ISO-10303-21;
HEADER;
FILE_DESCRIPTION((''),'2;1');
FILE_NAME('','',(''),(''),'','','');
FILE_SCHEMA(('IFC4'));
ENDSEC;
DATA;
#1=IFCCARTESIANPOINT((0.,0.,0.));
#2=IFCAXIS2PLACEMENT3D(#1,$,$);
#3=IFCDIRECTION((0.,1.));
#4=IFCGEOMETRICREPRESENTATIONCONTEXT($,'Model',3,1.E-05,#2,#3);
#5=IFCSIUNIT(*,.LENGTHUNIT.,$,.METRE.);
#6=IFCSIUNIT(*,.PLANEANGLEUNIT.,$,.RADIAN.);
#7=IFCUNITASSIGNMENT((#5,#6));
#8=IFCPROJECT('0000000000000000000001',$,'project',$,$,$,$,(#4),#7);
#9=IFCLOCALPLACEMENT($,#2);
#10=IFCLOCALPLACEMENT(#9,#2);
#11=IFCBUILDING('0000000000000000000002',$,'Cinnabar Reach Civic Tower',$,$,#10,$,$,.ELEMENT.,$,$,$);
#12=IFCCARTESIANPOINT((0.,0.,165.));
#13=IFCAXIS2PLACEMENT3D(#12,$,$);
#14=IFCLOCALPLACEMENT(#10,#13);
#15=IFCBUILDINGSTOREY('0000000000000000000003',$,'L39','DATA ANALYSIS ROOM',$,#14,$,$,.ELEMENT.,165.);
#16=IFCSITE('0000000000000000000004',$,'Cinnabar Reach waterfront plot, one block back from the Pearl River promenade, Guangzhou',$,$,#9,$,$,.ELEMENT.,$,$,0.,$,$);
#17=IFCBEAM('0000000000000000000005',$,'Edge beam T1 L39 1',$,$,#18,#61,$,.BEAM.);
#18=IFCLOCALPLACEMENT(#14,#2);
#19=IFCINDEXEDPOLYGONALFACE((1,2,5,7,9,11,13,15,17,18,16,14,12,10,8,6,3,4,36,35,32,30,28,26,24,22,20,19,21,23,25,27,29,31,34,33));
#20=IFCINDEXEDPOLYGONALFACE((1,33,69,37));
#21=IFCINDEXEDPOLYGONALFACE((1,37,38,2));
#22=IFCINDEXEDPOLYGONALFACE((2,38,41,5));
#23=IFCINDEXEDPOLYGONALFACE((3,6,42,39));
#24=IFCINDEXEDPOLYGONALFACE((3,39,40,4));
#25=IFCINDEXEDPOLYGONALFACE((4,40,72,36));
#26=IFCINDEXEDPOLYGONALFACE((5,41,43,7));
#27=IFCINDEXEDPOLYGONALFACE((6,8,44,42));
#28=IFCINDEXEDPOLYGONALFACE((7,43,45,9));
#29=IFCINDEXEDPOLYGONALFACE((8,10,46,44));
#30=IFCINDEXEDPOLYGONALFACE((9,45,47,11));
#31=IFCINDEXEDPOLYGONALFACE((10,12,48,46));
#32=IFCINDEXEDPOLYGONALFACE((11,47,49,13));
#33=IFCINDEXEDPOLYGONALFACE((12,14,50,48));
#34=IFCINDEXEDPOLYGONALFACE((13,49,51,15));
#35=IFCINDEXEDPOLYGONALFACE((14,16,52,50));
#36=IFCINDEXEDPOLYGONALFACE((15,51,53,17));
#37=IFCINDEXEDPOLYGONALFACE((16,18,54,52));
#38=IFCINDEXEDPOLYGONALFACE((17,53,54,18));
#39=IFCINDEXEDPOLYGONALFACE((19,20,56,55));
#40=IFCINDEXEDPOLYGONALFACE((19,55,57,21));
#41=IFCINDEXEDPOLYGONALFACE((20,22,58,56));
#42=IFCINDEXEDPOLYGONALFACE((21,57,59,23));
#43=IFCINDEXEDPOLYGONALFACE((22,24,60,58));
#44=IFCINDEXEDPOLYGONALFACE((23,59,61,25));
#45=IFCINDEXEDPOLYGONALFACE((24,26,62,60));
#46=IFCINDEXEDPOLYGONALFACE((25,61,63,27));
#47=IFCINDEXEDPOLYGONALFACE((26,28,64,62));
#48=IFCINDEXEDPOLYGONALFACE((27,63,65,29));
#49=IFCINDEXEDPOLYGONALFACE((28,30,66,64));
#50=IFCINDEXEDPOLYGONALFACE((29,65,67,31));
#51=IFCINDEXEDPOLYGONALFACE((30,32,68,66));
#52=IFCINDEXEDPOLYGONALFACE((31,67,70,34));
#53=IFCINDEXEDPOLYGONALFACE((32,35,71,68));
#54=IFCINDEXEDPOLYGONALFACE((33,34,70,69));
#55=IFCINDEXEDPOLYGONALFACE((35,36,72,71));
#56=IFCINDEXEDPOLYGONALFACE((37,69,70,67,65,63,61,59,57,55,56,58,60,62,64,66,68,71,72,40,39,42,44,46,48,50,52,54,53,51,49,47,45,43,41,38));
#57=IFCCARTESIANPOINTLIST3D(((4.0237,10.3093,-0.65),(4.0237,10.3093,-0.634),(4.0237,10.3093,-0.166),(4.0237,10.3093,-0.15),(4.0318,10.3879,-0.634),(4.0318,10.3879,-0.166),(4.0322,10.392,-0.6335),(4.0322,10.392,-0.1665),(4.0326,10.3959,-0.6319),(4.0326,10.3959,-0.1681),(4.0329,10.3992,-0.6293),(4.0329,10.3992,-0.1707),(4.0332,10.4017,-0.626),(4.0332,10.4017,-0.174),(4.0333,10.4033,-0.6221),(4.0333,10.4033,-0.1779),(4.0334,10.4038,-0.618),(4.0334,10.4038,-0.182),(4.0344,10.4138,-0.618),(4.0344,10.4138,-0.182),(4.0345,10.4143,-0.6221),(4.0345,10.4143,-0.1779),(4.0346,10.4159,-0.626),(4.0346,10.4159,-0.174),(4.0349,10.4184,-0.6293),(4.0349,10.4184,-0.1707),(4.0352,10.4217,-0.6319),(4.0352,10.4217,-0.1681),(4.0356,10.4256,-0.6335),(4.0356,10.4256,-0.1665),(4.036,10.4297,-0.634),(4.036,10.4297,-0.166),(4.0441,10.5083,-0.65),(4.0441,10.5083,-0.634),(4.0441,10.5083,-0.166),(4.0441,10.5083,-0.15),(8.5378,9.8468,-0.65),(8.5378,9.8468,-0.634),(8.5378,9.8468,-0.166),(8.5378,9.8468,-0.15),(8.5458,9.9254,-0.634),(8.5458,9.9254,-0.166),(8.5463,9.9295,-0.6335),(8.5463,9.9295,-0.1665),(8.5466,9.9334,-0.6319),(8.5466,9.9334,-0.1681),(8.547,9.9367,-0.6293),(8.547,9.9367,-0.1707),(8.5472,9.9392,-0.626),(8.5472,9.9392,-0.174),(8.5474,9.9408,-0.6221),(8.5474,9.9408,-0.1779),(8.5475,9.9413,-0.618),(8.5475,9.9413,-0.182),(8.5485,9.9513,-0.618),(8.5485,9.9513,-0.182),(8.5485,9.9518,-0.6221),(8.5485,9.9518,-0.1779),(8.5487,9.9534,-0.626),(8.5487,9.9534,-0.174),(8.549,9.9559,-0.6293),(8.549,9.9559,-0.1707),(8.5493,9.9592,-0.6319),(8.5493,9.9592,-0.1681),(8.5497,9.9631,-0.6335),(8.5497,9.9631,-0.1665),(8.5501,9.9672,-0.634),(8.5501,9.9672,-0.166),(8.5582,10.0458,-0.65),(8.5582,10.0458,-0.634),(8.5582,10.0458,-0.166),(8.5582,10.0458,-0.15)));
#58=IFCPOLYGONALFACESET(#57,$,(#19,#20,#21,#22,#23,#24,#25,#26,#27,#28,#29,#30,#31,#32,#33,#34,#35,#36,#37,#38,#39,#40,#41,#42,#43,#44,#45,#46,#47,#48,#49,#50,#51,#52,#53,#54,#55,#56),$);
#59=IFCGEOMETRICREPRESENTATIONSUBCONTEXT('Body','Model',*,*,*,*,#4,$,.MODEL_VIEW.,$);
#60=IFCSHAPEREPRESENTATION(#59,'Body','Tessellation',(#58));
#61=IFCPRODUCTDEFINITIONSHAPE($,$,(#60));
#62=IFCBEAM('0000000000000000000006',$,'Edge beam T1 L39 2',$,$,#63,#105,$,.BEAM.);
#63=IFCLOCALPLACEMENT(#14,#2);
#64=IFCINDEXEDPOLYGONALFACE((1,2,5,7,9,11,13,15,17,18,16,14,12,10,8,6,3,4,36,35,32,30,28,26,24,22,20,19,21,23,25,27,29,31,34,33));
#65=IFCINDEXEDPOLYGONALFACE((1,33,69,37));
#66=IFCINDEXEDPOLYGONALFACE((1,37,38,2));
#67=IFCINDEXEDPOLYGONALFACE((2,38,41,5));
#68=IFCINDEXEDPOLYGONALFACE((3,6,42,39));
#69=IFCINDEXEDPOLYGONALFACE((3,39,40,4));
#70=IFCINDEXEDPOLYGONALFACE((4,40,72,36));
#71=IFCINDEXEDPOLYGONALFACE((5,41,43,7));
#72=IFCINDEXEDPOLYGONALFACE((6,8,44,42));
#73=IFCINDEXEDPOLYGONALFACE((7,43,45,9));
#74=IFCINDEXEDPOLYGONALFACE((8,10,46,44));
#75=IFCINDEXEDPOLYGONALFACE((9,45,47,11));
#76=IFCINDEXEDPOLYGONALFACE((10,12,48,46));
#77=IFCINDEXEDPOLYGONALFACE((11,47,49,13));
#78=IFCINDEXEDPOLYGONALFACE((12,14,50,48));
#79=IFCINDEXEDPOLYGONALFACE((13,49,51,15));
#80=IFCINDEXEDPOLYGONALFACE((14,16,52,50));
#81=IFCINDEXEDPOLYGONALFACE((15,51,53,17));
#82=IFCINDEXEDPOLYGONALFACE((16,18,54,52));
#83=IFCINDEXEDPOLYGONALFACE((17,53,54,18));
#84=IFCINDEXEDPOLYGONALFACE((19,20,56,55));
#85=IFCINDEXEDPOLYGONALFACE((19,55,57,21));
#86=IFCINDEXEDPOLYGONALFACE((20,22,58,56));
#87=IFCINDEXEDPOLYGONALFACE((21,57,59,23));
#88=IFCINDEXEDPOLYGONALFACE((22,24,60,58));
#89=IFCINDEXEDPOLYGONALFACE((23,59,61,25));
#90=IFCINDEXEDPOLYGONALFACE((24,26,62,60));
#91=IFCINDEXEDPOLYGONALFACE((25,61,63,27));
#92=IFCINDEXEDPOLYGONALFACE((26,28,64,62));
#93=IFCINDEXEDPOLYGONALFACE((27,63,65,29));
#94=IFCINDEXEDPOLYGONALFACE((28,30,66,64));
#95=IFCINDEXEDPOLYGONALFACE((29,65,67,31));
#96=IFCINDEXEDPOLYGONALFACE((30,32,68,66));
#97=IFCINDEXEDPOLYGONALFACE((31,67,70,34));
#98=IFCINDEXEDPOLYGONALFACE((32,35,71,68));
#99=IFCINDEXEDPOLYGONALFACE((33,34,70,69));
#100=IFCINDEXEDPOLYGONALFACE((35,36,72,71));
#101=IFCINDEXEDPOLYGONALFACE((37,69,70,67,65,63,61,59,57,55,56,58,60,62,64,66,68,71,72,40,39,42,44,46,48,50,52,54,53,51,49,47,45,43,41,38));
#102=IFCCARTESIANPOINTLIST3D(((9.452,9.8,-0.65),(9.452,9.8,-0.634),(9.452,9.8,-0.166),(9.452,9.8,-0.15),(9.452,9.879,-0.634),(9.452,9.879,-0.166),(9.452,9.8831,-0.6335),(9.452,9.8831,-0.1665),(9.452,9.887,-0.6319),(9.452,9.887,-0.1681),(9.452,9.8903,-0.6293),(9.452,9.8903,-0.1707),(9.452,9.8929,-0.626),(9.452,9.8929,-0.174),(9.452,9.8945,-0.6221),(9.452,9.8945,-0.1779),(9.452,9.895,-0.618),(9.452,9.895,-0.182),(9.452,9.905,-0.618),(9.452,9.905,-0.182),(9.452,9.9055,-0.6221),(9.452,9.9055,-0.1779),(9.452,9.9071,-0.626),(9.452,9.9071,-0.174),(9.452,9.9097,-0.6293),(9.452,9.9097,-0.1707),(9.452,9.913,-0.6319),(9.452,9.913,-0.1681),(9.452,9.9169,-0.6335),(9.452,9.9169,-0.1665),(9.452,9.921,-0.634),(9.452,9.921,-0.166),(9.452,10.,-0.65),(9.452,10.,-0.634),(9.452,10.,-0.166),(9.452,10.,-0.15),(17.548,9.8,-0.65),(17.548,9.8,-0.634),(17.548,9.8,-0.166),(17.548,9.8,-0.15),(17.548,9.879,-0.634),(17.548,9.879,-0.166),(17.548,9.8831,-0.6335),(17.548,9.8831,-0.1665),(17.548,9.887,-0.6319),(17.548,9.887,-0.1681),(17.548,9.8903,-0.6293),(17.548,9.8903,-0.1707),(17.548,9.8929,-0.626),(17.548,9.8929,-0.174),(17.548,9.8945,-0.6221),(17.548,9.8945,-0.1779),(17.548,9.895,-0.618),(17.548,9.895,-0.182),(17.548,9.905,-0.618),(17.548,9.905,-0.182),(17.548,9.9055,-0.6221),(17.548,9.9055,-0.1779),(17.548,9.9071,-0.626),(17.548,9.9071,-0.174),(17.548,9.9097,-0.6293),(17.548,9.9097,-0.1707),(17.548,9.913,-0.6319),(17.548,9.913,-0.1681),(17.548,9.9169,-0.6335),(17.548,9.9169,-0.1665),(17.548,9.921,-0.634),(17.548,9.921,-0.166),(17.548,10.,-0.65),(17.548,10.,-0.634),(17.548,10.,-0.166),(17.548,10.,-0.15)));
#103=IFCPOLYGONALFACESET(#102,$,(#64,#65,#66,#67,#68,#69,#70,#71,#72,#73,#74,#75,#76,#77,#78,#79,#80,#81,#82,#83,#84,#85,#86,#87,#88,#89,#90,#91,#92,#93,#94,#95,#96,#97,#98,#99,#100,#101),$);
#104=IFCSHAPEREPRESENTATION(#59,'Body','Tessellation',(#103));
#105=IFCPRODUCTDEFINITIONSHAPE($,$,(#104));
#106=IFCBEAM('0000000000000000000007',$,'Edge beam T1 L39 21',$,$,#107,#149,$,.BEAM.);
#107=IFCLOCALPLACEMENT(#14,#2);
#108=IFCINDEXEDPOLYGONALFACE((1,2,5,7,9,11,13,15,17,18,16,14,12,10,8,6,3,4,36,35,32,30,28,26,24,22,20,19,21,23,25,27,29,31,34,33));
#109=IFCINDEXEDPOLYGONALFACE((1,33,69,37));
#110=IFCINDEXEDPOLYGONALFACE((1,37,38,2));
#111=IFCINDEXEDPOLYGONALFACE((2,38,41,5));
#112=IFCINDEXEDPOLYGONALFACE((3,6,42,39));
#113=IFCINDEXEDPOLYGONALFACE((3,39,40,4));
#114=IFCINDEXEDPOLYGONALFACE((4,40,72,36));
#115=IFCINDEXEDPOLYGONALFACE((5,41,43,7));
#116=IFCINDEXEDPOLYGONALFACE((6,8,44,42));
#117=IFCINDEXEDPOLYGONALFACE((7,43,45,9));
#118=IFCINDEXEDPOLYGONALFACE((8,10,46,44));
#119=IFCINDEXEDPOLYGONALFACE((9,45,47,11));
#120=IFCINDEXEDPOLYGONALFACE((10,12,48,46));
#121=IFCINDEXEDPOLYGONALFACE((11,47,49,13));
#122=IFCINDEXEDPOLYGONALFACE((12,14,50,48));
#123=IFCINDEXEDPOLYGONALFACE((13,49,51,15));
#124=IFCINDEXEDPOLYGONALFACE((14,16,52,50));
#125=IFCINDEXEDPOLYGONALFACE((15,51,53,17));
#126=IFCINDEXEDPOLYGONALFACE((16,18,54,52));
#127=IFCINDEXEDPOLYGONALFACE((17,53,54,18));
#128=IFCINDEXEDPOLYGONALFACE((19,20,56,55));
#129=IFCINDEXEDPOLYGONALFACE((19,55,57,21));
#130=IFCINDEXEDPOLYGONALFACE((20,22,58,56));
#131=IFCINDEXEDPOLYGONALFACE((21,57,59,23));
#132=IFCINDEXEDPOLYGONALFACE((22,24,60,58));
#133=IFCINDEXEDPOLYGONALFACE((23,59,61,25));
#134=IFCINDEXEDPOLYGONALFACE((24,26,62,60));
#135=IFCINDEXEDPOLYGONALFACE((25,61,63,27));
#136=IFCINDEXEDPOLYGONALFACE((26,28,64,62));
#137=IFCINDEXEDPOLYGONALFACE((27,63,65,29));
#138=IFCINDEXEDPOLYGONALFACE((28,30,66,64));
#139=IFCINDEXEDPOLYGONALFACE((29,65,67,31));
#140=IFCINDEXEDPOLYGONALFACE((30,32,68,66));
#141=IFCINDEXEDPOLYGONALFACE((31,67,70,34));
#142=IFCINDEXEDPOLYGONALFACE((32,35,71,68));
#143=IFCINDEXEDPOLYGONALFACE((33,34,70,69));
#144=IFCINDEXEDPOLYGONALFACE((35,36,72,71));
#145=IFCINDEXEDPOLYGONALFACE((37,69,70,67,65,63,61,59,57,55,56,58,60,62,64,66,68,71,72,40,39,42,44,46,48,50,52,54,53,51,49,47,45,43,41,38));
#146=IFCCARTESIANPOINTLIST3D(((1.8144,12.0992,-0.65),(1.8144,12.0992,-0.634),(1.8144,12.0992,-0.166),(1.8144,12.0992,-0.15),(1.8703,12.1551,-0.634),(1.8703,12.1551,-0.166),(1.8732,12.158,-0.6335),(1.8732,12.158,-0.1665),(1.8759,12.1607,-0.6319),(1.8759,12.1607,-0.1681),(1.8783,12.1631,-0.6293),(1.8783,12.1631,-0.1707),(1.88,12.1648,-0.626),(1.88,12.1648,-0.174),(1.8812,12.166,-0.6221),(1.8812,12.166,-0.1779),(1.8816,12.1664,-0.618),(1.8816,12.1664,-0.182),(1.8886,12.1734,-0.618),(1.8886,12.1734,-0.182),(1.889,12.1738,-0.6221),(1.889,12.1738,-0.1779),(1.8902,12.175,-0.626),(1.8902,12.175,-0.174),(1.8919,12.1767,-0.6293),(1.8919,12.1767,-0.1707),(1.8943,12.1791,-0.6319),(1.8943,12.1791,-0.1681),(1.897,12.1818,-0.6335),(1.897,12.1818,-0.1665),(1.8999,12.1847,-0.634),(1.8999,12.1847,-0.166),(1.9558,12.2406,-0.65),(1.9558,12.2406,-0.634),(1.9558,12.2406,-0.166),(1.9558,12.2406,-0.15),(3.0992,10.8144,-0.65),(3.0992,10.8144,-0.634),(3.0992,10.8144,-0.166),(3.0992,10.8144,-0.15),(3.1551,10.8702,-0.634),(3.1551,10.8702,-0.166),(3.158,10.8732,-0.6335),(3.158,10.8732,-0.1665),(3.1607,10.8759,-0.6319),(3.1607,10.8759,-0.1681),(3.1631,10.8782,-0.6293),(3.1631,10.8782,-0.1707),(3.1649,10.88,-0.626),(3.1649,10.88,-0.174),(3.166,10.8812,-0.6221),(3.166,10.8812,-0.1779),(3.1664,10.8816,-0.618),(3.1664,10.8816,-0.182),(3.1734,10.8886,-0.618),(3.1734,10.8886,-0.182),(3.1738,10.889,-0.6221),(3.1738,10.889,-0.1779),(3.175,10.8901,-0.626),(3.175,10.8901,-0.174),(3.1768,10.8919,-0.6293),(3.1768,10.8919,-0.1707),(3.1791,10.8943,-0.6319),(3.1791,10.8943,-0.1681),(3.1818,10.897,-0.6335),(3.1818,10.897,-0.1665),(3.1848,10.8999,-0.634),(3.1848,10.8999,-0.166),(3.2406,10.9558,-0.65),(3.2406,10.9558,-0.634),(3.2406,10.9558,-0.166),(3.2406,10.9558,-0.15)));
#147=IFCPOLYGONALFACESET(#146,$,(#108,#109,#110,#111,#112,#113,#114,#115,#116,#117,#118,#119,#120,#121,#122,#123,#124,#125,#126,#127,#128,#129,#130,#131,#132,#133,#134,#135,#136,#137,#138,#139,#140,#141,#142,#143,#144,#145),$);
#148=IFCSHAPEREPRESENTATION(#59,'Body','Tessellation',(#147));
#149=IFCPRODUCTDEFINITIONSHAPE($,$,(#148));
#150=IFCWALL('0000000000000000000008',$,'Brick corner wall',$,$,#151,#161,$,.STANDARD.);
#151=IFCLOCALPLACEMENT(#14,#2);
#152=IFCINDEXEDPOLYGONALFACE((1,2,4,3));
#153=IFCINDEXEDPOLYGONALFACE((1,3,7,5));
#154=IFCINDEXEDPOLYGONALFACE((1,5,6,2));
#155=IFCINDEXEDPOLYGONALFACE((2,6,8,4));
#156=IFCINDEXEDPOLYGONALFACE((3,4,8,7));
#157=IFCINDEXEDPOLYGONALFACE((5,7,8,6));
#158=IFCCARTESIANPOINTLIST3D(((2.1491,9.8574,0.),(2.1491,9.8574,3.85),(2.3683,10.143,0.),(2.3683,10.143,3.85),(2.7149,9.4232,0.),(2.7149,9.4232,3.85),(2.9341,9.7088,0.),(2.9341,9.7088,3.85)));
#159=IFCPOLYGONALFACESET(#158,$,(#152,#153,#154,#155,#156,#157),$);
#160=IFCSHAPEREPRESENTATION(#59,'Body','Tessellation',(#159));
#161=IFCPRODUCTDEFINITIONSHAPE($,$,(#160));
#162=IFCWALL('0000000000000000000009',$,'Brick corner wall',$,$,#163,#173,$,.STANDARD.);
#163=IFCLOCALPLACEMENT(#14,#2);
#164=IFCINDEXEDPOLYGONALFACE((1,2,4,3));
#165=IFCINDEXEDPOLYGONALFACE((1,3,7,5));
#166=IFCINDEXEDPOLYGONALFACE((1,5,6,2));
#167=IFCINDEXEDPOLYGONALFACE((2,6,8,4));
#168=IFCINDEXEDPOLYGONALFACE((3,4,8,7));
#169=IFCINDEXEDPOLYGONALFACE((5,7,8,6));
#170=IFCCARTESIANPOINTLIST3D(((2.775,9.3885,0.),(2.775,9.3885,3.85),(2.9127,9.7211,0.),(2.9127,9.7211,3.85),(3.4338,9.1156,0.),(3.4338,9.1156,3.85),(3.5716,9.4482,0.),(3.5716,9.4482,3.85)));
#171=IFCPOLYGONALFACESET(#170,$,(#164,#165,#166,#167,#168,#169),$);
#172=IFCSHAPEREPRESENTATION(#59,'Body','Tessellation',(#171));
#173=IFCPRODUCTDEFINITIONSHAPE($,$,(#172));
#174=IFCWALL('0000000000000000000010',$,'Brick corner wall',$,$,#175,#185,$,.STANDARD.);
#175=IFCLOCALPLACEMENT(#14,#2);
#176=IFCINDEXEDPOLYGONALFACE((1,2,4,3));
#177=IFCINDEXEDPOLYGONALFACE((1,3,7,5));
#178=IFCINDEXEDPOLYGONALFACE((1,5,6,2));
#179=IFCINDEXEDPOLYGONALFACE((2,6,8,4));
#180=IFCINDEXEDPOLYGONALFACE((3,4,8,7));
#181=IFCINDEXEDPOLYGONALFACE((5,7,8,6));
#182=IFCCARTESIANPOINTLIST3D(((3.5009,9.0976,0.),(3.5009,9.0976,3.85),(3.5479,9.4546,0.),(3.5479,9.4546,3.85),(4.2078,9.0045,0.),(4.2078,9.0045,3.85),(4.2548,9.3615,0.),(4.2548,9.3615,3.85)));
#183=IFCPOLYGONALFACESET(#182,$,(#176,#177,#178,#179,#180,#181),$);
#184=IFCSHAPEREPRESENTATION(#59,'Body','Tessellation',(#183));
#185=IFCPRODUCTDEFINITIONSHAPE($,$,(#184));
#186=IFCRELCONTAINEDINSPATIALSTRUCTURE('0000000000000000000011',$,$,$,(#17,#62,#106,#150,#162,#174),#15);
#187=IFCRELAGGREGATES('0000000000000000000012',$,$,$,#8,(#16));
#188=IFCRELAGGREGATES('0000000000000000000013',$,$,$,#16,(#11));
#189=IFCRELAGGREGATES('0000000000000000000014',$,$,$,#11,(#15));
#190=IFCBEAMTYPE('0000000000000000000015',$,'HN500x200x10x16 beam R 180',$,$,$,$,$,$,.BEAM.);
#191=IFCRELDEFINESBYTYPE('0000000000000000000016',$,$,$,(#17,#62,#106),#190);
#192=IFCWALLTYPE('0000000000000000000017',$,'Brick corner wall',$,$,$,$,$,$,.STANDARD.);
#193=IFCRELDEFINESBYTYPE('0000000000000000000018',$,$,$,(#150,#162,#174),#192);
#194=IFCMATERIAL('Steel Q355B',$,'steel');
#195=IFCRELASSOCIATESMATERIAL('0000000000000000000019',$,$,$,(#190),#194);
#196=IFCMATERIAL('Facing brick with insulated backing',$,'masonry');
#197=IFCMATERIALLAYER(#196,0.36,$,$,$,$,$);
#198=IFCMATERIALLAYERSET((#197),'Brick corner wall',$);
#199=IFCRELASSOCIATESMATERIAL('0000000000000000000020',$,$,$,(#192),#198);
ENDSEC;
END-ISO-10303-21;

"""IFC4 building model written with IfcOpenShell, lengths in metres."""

from ifc_helpers import new_model, si_unit, direction, frame, frame_2d, origin, origin_2d, place, context, subcontext, project, spatial, rectangle, i_section, extrude, material, layer, layer_set, material_profile, profile_set, type_object, element, save


model = new_model("IFC4")

# Units and contexts
model_context = context("Model", 3, precision=1e-05, world=origin(), true_north=direction((0.0, 1.0)))
body_context = subcontext(model_context, "Body", "Model", "MODEL_VIEW")
ifc_project = project(units=[si_unit("LENGTHUNIT", "METRE"), si_unit("PLANEANGLEUNIT", "RADIAN")], contexts=[model_context])

# Site, building, storey
site_placement = place(None, origin())
site = spatial("IfcSite", under=ifc_project, at=site_placement, Name="Cinnabar Reach waterfront plot, one block back from the Pearl River promenade, Guangzhou", CompositionType="ELEMENT", RefElevation=0.0)
building_placement = place(site_placement, origin())
building = spatial("IfcBuilding", under=site, at=building_placement, Name="Cinnabar Reach Civic Tower", CompositionType="ELEMENT")
storey_placement = place(building_placement, frame((0.0, 0.0, 165.0)))
storey = spatial("IfcBuildingStorey", under=building, at=storey_placement, Name="L39", Description="DATA ANALYSIS ROOM", CompositionType="ELEMENT", Elevation=165.0)

# Beams
ifc_material_1 = material(Name="Steel Q355B", Category="steel")
ifc_material_profile_1 = material_profile(ifc_material_1, i_section(OverallWidth=0.2, OverallDepth=0.5, WebThickness=0.01, FlangeThickness=0.016, FilletRadius=0.016, at=origin_2d()), Name="HN500x200x10x16")
ifc_profile_set_1 = profile_set([ifc_material_profile_1], Name="Steel Q355B")
beam_type_1 = type_object("IfcBeamType", Name="HN500x200x10x16 beam R 180", PredefinedType="BEAM", material=ifc_profile_set_1)
beam_1_placement = place(storey_placement, frame((4.0339, 10.4088, -0.4), z_axis=(0.994792, -0.101923, 0.0), x_axis=(0.101923, 0.994792, 0.0)))
element("IfcBeam", 1, at=beam_1_placement, inside=storey, type_object=beam_type_1, Name="Edge beam T1 L39 1", PredefinedType="BEAM", context=body_context, shape_type="SweptSolid", body=[
    extrude(i_section(OverallWidth=0.2, OverallDepth=0.5, WebThickness=0.01, FlangeThickness=0.016, FilletRadius=0.016, at=origin_2d()), origin(), (0.0, 0.0, 1.0), 4.5377),
])
beam_2_placement = place(storey_placement, frame((9.452, 9.9, -0.4), z_axis=(1.0, 0.0, 0.0), x_axis=(0.0, 1.0, 0.0)))
element("IfcBeam", 2, at=beam_2_placement, inside=storey, type_object=beam_type_1, Name="Edge beam T1 L39 2", PredefinedType="BEAM", context=body_context, shape_type="SweptSolid", body=[
    extrude(i_section(OverallWidth=0.2, OverallDepth=0.5, WebThickness=0.01, FlangeThickness=0.016, FilletRadius=0.016, at=origin_2d()), origin(), (0.0, 0.0, 1.0), 8.096),
])
beam_3_placement = place(storey_placement, frame((1.8851, 12.1699, -0.4), z_axis=(0.707107, -0.707107, 0.0), x_axis=(0.707107, 0.707107, 0.0)))
element("IfcBeam", 3, at=beam_3_placement, inside=storey, type_object=beam_type_1, Name="Edge beam T1 L39 21", PredefinedType="BEAM", context=body_context, shape_type="SweptSolid", body=[
    extrude(i_section(OverallWidth=0.2, OverallDepth=0.5, WebThickness=0.01, FlangeThickness=0.016, FilletRadius=0.016, at=origin_2d()), origin(), (0.0, 0.0, 1.0), 1.817),
])

# Walls
ifc_material_2 = material(Name="Facing brick with insulated backing", Category="masonry")
ifc_layer_1 = layer(ifc_material_2, 0.36)
ifc_layer_set_1 = layer_set([ifc_layer_1], Name="Brick corner wall")
wall_type_1 = type_object("IfcWallType", Name="Brick corner wall", PredefinedType="STANDARD", material=ifc_layer_set_1)
wall_1_placement = place(storey_placement, frame((2.2587, 10.0002, 0.0), z_axis=(0.0, 0.0, 1.0), x_axis=(0.793322, -0.608802, 0.0)))
element("IfcWall", 4, at=wall_1_placement, inside=storey, type_object=wall_type_1, Name="Brick corner wall", PredefinedType="STANDARD", context=body_context, shape_type="SweptSolid", body=[
    extrude(rectangle(XDim=0.7132, YDim=0.36, at=frame_2d((0.3566, 0.0))), origin(), (0.0, 0.0, 1.0), 3.85),
])
for number, where, z_axis, x_axis, name in (
    (5, (2.8439, 9.5548, 0.0), (0.0, 0.0, 1.0), (0.923872, -0.382703, 0.0), "Brick corner wall"),
    (6, (3.5244, 9.2761, 0.0), (0.0, 0.0, 1.0), (0.991441, -0.130556, 0.0), "Brick corner wall"),
):
    element("IfcWall", number, at=place(storey_placement, frame(where, z_axis=z_axis, x_axis=x_axis)), inside=storey, type_object=wall_type_1, Name=name, PredefinedType="STANDARD", context=body_context, shape_type="SweptSolid", body=[
        extrude(rectangle(XDim=0.7131, YDim=0.36, at=frame_2d((0.3565, 0.0))), origin(), (0.0, 0.0, 1.0), 3.85),
    ])

save(model, "model.ifc")
